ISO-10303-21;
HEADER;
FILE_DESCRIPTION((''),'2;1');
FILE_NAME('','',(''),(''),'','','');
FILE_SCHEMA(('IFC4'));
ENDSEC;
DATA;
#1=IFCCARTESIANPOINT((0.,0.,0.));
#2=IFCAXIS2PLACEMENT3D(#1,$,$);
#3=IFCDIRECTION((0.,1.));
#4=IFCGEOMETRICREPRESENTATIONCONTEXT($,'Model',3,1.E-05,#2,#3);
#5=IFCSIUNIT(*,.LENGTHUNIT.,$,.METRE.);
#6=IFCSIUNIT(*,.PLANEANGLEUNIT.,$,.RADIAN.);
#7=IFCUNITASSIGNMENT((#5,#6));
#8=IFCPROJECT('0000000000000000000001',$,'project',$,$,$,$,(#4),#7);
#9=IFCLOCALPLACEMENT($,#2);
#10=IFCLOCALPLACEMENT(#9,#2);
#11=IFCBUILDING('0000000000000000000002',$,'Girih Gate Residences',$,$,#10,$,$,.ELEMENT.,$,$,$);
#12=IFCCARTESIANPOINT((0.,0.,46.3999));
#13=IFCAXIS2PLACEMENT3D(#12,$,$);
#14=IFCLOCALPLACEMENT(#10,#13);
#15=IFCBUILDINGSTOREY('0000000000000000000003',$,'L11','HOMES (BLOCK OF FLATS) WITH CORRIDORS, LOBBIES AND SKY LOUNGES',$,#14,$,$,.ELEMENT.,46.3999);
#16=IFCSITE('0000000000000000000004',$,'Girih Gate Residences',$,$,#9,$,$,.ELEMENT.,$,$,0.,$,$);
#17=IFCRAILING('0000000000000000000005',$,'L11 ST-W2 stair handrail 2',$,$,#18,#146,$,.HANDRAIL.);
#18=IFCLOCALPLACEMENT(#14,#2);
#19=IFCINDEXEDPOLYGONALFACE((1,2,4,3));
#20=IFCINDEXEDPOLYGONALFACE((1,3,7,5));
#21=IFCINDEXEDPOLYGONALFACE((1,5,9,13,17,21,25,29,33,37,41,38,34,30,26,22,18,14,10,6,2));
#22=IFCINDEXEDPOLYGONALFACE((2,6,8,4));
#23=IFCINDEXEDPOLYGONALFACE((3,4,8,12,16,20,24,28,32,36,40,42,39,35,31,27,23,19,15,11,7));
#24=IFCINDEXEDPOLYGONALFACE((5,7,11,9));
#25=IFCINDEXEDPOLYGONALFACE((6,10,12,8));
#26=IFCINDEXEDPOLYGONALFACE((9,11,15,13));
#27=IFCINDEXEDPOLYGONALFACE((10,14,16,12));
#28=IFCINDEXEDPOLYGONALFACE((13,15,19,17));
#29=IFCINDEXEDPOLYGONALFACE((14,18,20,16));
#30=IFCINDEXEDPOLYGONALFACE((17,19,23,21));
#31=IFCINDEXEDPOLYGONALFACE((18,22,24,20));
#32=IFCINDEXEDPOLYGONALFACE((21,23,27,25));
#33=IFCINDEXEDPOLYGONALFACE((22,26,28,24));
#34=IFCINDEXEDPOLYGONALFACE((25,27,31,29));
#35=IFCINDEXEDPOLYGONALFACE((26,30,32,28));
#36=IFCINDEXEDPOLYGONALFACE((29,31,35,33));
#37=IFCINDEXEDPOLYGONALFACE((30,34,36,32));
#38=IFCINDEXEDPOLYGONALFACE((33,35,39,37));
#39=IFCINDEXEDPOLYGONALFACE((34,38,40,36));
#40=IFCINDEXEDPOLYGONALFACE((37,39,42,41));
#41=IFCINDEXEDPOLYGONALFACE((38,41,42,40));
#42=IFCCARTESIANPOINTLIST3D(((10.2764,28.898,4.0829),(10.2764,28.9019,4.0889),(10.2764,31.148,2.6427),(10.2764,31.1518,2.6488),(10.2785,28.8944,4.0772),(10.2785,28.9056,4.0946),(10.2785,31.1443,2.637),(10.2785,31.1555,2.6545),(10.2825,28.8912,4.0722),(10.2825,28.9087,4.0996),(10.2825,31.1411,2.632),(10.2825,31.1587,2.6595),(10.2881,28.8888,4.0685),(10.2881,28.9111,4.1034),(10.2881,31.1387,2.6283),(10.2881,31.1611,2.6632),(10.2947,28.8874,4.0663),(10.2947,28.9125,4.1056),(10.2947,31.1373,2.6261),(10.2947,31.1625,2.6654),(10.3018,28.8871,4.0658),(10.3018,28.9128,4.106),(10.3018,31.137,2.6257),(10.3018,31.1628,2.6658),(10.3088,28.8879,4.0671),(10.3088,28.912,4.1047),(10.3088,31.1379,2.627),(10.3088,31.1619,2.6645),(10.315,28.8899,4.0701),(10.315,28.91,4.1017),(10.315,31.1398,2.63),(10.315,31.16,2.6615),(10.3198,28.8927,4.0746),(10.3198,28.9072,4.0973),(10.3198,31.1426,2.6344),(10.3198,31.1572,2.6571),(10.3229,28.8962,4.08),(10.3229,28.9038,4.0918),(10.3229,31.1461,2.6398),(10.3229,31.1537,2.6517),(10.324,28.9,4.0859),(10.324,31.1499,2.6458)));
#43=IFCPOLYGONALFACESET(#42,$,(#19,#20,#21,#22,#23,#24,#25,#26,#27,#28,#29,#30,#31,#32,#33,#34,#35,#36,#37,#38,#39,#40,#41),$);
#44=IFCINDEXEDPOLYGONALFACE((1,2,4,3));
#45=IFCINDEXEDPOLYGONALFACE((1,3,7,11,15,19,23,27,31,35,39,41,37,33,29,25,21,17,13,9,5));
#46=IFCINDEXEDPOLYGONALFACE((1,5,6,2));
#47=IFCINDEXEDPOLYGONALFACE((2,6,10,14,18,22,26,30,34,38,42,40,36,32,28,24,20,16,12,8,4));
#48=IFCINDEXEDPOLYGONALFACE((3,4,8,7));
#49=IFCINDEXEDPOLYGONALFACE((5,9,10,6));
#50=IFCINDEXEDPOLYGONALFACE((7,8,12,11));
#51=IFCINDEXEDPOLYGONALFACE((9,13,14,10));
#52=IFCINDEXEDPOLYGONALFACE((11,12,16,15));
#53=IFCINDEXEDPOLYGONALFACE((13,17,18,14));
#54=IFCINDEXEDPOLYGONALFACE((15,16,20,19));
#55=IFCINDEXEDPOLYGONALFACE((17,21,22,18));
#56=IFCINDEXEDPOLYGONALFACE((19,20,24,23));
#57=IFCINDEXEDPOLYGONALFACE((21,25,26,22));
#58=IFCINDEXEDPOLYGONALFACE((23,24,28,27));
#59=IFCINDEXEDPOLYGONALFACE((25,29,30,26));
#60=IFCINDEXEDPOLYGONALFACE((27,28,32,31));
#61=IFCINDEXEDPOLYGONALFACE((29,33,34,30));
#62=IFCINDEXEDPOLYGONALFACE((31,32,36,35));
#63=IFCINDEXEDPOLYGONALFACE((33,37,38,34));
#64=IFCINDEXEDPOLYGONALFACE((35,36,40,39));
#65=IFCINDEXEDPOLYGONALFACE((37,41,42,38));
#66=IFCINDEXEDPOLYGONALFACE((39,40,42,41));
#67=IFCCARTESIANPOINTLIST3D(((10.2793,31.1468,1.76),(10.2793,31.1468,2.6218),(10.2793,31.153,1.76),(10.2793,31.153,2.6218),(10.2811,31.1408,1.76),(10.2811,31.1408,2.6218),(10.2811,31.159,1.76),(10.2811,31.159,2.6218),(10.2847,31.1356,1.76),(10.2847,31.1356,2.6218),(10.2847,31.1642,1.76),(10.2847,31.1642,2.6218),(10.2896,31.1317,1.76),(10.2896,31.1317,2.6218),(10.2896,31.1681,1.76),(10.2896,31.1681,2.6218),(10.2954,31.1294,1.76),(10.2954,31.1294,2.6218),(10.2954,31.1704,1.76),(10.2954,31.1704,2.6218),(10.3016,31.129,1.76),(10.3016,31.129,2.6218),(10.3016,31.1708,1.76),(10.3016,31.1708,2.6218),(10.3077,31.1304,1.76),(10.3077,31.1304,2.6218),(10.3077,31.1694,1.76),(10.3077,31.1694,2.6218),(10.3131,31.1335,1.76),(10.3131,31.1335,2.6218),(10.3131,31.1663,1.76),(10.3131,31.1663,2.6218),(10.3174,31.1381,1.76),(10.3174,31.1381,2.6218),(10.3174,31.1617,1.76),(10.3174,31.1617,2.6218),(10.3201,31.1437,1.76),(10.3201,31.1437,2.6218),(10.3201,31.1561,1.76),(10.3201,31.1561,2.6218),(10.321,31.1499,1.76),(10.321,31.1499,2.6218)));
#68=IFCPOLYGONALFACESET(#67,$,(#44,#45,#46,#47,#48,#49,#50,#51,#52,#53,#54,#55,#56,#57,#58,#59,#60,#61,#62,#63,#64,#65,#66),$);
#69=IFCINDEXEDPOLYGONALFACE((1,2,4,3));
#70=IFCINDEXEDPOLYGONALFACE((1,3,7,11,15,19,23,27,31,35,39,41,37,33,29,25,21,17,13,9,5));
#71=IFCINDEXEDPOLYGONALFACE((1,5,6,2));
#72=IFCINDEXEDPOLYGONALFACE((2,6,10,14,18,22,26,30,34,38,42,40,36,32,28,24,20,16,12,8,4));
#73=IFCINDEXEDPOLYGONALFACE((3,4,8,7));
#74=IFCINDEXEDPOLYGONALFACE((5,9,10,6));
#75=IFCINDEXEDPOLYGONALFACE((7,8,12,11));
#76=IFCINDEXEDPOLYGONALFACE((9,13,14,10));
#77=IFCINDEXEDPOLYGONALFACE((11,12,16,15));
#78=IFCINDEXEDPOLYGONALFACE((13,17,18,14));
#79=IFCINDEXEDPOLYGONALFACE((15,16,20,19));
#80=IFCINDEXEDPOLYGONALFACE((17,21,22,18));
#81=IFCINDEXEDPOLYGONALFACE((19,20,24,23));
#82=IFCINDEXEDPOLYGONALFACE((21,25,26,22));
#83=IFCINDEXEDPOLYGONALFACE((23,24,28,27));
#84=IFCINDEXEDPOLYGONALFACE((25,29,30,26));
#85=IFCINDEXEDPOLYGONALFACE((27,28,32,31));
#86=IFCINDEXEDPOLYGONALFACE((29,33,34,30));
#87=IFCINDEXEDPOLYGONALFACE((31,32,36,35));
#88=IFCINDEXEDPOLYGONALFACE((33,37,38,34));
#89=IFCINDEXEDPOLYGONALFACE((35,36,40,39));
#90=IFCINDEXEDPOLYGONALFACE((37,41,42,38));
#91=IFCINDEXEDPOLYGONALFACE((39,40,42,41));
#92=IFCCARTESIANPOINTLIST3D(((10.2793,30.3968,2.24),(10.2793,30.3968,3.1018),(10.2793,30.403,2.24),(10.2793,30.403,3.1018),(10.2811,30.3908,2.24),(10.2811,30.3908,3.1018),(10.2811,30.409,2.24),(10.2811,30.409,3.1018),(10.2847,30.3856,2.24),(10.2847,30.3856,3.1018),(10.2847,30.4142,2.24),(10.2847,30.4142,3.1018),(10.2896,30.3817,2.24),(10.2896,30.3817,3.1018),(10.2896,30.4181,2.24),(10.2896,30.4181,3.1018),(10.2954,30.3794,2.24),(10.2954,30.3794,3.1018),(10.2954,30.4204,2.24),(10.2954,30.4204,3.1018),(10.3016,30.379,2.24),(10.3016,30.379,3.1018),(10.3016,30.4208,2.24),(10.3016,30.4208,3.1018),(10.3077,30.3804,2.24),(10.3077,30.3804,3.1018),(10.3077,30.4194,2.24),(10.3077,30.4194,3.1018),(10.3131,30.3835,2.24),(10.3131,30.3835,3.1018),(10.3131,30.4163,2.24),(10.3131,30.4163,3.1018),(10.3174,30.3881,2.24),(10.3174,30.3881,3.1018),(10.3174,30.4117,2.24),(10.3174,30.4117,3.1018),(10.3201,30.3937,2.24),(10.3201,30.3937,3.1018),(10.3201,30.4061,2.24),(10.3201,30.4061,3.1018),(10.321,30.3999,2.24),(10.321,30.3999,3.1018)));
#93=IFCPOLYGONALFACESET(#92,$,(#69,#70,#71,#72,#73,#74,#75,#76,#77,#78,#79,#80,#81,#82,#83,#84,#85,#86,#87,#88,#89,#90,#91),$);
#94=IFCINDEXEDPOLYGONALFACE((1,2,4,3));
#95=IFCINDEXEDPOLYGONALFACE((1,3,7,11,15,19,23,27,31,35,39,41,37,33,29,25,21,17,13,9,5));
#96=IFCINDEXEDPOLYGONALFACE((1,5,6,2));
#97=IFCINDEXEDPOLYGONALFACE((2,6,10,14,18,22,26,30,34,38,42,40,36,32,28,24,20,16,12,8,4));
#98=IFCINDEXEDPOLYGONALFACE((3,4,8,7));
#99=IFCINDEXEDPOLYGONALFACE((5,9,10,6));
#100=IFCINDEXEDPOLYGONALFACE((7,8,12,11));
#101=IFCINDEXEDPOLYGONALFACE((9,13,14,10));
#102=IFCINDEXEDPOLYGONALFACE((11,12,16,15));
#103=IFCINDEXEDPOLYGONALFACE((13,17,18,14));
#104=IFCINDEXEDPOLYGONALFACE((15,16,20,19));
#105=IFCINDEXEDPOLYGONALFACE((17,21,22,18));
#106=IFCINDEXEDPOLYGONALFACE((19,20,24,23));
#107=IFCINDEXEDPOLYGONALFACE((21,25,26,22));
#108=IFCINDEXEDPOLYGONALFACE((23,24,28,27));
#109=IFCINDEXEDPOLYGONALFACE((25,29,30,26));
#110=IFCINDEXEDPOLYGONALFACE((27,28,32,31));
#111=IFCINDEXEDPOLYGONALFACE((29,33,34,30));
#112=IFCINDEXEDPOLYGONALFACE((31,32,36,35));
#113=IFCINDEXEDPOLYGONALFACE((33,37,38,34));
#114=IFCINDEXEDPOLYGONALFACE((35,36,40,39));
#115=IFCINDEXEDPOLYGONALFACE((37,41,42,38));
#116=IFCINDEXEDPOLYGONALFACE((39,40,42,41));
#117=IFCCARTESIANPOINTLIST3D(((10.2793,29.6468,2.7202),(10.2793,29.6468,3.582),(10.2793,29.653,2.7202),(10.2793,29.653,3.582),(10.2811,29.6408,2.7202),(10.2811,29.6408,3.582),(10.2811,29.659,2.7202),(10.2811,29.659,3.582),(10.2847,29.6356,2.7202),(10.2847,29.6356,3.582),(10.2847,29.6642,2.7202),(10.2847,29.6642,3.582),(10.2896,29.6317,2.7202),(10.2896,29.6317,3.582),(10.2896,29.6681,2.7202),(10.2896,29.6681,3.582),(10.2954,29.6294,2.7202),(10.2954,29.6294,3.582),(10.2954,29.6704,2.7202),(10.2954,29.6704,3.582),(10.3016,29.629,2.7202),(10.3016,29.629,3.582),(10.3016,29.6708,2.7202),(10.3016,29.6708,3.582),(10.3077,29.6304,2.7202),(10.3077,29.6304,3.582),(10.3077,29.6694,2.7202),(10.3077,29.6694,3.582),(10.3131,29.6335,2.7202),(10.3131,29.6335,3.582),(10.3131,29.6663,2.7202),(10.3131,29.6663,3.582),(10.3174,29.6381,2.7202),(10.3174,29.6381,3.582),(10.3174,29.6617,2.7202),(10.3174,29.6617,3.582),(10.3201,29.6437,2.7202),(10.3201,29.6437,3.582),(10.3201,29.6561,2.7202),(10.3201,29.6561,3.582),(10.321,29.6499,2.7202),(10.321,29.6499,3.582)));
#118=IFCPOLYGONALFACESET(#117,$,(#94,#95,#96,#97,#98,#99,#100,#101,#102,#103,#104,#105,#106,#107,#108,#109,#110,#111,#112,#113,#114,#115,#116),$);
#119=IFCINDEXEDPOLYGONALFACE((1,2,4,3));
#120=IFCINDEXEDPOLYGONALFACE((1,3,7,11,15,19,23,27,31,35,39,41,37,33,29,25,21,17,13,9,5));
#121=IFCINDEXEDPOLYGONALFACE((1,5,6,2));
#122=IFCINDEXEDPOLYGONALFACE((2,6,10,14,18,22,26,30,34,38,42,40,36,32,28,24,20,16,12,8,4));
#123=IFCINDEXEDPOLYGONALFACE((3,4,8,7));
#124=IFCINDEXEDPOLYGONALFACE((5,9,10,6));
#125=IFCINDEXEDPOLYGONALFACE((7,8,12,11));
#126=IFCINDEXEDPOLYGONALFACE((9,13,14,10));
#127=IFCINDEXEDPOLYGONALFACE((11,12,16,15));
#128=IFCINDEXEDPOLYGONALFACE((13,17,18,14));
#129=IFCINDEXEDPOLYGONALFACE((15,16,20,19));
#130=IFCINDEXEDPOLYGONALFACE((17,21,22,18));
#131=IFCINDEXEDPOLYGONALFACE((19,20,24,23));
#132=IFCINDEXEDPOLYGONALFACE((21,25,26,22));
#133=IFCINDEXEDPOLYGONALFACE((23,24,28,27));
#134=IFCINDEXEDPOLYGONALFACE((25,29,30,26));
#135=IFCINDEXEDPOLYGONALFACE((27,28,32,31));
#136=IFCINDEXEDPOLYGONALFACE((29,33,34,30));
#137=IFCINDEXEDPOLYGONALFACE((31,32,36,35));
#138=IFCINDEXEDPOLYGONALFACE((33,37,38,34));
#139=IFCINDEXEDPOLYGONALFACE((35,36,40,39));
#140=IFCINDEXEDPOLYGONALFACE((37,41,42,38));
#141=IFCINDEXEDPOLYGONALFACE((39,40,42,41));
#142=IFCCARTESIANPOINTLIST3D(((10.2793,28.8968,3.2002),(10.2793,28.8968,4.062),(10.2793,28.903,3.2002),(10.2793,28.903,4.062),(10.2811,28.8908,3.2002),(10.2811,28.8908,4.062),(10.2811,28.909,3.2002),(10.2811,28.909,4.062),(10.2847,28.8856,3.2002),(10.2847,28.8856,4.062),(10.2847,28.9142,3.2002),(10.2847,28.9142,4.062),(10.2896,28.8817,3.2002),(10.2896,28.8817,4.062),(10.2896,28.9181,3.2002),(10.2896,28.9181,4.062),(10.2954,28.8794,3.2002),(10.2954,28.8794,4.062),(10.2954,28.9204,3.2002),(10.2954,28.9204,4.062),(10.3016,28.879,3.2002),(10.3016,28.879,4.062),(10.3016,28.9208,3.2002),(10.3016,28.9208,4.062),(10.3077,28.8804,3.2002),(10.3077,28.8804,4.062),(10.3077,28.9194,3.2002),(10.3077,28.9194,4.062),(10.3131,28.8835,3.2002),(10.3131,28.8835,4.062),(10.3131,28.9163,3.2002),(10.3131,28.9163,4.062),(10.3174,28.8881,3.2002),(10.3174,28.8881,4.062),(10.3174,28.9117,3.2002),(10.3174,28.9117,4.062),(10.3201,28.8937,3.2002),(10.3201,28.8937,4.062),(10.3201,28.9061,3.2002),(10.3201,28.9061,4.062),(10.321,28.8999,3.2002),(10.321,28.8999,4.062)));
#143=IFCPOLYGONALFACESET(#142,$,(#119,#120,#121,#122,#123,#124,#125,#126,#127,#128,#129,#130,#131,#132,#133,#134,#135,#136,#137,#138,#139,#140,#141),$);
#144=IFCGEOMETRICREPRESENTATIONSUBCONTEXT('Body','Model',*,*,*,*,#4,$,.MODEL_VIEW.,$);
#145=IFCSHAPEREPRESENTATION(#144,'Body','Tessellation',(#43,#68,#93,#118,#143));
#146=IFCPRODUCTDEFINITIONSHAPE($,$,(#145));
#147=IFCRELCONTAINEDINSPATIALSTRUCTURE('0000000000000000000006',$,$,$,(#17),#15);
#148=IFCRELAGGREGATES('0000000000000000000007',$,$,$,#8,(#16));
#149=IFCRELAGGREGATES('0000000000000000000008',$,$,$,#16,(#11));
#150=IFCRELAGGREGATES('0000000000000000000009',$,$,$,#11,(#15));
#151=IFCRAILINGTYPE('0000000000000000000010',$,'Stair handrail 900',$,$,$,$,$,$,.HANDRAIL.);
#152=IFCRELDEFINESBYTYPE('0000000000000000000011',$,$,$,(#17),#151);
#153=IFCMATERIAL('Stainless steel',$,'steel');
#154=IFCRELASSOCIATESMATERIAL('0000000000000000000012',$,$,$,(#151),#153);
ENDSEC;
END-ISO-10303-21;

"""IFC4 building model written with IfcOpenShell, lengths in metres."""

from ifc_helpers import new_model, si_unit, direction, frame, origin, origin_2d, place, context, subcontext, project, spatial, circle, extrude, material, type_object, element, save


model = new_model("IFC4")

# Units and contexts
model_context = context("Model", 3, precision=1e-05, world=origin(), true_north=direction((0.0, 1.0)))
body_context = subcontext(model_context, "Body", "Model", "MODEL_VIEW")
ifc_project = project(units=[si_unit("LENGTHUNIT", "METRE"), si_unit("PLANEANGLEUNIT", "RADIAN")], contexts=[model_context])

# Site, building, storey
site_placement = place(None, origin())
site = spatial("IfcSite", under=ifc_project, at=site_placement, Name="Girih Gate Residences", CompositionType="ELEMENT", RefElevation=0.0)
building_placement = place(site_placement, origin())
building = spatial("IfcBuilding", under=site, at=building_placement, Name="Girih Gate Residences", CompositionType="ELEMENT")
storey_placement = place(building_placement, frame((0.0, 0.0, 46.3999)))
storey = spatial("IfcBuildingStorey", under=building, at=storey_placement, Name="L11", Description="HOMES (BLOCK OF FLATS) WITH CORRIDORS, LOBBIES AND SKY LOUNGES", CompositionType="ELEMENT", Elevation=46.3999)

# Railing
ifc_material_1 = material(Name="Stainless steel", Category="steel")
railing_type_1 = type_object("IfcRailingType", Name="Stair handrail 900", PredefinedType="HANDRAIL", material=ifc_material_1)
railing_1_placement = place(storey_placement, frame((10.3, 31.1499, 1.76)))
element("IfcRailing", 1, at=railing_1_placement, inside=storey, type_object=railing_type_1, Name="L11 ST-W2 stair handrail 2", PredefinedType="HANDRAIL", context=body_context, shape_type="SweptSolid", body=[
    extrude(circle(Radius=0.0239, at=origin_2d()), frame((0.0, 0.0, 0.8857), z_axis=(0.0, -0.84224, 0.539103), x_axis=(1.0, 0.0, 0.0)), (0.0, 0.0, 1.0), 2.6714),
    extrude(circle(Radius=0.021, at=origin_2d()), origin(), (0.0, 0.0, 1.0), 0.8618),
    extrude(circle(Radius=0.021, at=origin_2d()), frame((0.0, -0.75, 0.48)), (0.0, 0.0, 1.0), 0.8618),
    extrude(circle(Radius=0.021, at=origin_2d()), frame((0.0, -1.5, 0.9602)), (0.0, 0.0, 1.0), 0.8618),
    extrude(circle(Radius=0.021, at=origin_2d()), frame((0.0, -2.25, 1.4402)), (0.0, 0.0, 1.0), 0.8618),
])

save(model, "model.ifc")
